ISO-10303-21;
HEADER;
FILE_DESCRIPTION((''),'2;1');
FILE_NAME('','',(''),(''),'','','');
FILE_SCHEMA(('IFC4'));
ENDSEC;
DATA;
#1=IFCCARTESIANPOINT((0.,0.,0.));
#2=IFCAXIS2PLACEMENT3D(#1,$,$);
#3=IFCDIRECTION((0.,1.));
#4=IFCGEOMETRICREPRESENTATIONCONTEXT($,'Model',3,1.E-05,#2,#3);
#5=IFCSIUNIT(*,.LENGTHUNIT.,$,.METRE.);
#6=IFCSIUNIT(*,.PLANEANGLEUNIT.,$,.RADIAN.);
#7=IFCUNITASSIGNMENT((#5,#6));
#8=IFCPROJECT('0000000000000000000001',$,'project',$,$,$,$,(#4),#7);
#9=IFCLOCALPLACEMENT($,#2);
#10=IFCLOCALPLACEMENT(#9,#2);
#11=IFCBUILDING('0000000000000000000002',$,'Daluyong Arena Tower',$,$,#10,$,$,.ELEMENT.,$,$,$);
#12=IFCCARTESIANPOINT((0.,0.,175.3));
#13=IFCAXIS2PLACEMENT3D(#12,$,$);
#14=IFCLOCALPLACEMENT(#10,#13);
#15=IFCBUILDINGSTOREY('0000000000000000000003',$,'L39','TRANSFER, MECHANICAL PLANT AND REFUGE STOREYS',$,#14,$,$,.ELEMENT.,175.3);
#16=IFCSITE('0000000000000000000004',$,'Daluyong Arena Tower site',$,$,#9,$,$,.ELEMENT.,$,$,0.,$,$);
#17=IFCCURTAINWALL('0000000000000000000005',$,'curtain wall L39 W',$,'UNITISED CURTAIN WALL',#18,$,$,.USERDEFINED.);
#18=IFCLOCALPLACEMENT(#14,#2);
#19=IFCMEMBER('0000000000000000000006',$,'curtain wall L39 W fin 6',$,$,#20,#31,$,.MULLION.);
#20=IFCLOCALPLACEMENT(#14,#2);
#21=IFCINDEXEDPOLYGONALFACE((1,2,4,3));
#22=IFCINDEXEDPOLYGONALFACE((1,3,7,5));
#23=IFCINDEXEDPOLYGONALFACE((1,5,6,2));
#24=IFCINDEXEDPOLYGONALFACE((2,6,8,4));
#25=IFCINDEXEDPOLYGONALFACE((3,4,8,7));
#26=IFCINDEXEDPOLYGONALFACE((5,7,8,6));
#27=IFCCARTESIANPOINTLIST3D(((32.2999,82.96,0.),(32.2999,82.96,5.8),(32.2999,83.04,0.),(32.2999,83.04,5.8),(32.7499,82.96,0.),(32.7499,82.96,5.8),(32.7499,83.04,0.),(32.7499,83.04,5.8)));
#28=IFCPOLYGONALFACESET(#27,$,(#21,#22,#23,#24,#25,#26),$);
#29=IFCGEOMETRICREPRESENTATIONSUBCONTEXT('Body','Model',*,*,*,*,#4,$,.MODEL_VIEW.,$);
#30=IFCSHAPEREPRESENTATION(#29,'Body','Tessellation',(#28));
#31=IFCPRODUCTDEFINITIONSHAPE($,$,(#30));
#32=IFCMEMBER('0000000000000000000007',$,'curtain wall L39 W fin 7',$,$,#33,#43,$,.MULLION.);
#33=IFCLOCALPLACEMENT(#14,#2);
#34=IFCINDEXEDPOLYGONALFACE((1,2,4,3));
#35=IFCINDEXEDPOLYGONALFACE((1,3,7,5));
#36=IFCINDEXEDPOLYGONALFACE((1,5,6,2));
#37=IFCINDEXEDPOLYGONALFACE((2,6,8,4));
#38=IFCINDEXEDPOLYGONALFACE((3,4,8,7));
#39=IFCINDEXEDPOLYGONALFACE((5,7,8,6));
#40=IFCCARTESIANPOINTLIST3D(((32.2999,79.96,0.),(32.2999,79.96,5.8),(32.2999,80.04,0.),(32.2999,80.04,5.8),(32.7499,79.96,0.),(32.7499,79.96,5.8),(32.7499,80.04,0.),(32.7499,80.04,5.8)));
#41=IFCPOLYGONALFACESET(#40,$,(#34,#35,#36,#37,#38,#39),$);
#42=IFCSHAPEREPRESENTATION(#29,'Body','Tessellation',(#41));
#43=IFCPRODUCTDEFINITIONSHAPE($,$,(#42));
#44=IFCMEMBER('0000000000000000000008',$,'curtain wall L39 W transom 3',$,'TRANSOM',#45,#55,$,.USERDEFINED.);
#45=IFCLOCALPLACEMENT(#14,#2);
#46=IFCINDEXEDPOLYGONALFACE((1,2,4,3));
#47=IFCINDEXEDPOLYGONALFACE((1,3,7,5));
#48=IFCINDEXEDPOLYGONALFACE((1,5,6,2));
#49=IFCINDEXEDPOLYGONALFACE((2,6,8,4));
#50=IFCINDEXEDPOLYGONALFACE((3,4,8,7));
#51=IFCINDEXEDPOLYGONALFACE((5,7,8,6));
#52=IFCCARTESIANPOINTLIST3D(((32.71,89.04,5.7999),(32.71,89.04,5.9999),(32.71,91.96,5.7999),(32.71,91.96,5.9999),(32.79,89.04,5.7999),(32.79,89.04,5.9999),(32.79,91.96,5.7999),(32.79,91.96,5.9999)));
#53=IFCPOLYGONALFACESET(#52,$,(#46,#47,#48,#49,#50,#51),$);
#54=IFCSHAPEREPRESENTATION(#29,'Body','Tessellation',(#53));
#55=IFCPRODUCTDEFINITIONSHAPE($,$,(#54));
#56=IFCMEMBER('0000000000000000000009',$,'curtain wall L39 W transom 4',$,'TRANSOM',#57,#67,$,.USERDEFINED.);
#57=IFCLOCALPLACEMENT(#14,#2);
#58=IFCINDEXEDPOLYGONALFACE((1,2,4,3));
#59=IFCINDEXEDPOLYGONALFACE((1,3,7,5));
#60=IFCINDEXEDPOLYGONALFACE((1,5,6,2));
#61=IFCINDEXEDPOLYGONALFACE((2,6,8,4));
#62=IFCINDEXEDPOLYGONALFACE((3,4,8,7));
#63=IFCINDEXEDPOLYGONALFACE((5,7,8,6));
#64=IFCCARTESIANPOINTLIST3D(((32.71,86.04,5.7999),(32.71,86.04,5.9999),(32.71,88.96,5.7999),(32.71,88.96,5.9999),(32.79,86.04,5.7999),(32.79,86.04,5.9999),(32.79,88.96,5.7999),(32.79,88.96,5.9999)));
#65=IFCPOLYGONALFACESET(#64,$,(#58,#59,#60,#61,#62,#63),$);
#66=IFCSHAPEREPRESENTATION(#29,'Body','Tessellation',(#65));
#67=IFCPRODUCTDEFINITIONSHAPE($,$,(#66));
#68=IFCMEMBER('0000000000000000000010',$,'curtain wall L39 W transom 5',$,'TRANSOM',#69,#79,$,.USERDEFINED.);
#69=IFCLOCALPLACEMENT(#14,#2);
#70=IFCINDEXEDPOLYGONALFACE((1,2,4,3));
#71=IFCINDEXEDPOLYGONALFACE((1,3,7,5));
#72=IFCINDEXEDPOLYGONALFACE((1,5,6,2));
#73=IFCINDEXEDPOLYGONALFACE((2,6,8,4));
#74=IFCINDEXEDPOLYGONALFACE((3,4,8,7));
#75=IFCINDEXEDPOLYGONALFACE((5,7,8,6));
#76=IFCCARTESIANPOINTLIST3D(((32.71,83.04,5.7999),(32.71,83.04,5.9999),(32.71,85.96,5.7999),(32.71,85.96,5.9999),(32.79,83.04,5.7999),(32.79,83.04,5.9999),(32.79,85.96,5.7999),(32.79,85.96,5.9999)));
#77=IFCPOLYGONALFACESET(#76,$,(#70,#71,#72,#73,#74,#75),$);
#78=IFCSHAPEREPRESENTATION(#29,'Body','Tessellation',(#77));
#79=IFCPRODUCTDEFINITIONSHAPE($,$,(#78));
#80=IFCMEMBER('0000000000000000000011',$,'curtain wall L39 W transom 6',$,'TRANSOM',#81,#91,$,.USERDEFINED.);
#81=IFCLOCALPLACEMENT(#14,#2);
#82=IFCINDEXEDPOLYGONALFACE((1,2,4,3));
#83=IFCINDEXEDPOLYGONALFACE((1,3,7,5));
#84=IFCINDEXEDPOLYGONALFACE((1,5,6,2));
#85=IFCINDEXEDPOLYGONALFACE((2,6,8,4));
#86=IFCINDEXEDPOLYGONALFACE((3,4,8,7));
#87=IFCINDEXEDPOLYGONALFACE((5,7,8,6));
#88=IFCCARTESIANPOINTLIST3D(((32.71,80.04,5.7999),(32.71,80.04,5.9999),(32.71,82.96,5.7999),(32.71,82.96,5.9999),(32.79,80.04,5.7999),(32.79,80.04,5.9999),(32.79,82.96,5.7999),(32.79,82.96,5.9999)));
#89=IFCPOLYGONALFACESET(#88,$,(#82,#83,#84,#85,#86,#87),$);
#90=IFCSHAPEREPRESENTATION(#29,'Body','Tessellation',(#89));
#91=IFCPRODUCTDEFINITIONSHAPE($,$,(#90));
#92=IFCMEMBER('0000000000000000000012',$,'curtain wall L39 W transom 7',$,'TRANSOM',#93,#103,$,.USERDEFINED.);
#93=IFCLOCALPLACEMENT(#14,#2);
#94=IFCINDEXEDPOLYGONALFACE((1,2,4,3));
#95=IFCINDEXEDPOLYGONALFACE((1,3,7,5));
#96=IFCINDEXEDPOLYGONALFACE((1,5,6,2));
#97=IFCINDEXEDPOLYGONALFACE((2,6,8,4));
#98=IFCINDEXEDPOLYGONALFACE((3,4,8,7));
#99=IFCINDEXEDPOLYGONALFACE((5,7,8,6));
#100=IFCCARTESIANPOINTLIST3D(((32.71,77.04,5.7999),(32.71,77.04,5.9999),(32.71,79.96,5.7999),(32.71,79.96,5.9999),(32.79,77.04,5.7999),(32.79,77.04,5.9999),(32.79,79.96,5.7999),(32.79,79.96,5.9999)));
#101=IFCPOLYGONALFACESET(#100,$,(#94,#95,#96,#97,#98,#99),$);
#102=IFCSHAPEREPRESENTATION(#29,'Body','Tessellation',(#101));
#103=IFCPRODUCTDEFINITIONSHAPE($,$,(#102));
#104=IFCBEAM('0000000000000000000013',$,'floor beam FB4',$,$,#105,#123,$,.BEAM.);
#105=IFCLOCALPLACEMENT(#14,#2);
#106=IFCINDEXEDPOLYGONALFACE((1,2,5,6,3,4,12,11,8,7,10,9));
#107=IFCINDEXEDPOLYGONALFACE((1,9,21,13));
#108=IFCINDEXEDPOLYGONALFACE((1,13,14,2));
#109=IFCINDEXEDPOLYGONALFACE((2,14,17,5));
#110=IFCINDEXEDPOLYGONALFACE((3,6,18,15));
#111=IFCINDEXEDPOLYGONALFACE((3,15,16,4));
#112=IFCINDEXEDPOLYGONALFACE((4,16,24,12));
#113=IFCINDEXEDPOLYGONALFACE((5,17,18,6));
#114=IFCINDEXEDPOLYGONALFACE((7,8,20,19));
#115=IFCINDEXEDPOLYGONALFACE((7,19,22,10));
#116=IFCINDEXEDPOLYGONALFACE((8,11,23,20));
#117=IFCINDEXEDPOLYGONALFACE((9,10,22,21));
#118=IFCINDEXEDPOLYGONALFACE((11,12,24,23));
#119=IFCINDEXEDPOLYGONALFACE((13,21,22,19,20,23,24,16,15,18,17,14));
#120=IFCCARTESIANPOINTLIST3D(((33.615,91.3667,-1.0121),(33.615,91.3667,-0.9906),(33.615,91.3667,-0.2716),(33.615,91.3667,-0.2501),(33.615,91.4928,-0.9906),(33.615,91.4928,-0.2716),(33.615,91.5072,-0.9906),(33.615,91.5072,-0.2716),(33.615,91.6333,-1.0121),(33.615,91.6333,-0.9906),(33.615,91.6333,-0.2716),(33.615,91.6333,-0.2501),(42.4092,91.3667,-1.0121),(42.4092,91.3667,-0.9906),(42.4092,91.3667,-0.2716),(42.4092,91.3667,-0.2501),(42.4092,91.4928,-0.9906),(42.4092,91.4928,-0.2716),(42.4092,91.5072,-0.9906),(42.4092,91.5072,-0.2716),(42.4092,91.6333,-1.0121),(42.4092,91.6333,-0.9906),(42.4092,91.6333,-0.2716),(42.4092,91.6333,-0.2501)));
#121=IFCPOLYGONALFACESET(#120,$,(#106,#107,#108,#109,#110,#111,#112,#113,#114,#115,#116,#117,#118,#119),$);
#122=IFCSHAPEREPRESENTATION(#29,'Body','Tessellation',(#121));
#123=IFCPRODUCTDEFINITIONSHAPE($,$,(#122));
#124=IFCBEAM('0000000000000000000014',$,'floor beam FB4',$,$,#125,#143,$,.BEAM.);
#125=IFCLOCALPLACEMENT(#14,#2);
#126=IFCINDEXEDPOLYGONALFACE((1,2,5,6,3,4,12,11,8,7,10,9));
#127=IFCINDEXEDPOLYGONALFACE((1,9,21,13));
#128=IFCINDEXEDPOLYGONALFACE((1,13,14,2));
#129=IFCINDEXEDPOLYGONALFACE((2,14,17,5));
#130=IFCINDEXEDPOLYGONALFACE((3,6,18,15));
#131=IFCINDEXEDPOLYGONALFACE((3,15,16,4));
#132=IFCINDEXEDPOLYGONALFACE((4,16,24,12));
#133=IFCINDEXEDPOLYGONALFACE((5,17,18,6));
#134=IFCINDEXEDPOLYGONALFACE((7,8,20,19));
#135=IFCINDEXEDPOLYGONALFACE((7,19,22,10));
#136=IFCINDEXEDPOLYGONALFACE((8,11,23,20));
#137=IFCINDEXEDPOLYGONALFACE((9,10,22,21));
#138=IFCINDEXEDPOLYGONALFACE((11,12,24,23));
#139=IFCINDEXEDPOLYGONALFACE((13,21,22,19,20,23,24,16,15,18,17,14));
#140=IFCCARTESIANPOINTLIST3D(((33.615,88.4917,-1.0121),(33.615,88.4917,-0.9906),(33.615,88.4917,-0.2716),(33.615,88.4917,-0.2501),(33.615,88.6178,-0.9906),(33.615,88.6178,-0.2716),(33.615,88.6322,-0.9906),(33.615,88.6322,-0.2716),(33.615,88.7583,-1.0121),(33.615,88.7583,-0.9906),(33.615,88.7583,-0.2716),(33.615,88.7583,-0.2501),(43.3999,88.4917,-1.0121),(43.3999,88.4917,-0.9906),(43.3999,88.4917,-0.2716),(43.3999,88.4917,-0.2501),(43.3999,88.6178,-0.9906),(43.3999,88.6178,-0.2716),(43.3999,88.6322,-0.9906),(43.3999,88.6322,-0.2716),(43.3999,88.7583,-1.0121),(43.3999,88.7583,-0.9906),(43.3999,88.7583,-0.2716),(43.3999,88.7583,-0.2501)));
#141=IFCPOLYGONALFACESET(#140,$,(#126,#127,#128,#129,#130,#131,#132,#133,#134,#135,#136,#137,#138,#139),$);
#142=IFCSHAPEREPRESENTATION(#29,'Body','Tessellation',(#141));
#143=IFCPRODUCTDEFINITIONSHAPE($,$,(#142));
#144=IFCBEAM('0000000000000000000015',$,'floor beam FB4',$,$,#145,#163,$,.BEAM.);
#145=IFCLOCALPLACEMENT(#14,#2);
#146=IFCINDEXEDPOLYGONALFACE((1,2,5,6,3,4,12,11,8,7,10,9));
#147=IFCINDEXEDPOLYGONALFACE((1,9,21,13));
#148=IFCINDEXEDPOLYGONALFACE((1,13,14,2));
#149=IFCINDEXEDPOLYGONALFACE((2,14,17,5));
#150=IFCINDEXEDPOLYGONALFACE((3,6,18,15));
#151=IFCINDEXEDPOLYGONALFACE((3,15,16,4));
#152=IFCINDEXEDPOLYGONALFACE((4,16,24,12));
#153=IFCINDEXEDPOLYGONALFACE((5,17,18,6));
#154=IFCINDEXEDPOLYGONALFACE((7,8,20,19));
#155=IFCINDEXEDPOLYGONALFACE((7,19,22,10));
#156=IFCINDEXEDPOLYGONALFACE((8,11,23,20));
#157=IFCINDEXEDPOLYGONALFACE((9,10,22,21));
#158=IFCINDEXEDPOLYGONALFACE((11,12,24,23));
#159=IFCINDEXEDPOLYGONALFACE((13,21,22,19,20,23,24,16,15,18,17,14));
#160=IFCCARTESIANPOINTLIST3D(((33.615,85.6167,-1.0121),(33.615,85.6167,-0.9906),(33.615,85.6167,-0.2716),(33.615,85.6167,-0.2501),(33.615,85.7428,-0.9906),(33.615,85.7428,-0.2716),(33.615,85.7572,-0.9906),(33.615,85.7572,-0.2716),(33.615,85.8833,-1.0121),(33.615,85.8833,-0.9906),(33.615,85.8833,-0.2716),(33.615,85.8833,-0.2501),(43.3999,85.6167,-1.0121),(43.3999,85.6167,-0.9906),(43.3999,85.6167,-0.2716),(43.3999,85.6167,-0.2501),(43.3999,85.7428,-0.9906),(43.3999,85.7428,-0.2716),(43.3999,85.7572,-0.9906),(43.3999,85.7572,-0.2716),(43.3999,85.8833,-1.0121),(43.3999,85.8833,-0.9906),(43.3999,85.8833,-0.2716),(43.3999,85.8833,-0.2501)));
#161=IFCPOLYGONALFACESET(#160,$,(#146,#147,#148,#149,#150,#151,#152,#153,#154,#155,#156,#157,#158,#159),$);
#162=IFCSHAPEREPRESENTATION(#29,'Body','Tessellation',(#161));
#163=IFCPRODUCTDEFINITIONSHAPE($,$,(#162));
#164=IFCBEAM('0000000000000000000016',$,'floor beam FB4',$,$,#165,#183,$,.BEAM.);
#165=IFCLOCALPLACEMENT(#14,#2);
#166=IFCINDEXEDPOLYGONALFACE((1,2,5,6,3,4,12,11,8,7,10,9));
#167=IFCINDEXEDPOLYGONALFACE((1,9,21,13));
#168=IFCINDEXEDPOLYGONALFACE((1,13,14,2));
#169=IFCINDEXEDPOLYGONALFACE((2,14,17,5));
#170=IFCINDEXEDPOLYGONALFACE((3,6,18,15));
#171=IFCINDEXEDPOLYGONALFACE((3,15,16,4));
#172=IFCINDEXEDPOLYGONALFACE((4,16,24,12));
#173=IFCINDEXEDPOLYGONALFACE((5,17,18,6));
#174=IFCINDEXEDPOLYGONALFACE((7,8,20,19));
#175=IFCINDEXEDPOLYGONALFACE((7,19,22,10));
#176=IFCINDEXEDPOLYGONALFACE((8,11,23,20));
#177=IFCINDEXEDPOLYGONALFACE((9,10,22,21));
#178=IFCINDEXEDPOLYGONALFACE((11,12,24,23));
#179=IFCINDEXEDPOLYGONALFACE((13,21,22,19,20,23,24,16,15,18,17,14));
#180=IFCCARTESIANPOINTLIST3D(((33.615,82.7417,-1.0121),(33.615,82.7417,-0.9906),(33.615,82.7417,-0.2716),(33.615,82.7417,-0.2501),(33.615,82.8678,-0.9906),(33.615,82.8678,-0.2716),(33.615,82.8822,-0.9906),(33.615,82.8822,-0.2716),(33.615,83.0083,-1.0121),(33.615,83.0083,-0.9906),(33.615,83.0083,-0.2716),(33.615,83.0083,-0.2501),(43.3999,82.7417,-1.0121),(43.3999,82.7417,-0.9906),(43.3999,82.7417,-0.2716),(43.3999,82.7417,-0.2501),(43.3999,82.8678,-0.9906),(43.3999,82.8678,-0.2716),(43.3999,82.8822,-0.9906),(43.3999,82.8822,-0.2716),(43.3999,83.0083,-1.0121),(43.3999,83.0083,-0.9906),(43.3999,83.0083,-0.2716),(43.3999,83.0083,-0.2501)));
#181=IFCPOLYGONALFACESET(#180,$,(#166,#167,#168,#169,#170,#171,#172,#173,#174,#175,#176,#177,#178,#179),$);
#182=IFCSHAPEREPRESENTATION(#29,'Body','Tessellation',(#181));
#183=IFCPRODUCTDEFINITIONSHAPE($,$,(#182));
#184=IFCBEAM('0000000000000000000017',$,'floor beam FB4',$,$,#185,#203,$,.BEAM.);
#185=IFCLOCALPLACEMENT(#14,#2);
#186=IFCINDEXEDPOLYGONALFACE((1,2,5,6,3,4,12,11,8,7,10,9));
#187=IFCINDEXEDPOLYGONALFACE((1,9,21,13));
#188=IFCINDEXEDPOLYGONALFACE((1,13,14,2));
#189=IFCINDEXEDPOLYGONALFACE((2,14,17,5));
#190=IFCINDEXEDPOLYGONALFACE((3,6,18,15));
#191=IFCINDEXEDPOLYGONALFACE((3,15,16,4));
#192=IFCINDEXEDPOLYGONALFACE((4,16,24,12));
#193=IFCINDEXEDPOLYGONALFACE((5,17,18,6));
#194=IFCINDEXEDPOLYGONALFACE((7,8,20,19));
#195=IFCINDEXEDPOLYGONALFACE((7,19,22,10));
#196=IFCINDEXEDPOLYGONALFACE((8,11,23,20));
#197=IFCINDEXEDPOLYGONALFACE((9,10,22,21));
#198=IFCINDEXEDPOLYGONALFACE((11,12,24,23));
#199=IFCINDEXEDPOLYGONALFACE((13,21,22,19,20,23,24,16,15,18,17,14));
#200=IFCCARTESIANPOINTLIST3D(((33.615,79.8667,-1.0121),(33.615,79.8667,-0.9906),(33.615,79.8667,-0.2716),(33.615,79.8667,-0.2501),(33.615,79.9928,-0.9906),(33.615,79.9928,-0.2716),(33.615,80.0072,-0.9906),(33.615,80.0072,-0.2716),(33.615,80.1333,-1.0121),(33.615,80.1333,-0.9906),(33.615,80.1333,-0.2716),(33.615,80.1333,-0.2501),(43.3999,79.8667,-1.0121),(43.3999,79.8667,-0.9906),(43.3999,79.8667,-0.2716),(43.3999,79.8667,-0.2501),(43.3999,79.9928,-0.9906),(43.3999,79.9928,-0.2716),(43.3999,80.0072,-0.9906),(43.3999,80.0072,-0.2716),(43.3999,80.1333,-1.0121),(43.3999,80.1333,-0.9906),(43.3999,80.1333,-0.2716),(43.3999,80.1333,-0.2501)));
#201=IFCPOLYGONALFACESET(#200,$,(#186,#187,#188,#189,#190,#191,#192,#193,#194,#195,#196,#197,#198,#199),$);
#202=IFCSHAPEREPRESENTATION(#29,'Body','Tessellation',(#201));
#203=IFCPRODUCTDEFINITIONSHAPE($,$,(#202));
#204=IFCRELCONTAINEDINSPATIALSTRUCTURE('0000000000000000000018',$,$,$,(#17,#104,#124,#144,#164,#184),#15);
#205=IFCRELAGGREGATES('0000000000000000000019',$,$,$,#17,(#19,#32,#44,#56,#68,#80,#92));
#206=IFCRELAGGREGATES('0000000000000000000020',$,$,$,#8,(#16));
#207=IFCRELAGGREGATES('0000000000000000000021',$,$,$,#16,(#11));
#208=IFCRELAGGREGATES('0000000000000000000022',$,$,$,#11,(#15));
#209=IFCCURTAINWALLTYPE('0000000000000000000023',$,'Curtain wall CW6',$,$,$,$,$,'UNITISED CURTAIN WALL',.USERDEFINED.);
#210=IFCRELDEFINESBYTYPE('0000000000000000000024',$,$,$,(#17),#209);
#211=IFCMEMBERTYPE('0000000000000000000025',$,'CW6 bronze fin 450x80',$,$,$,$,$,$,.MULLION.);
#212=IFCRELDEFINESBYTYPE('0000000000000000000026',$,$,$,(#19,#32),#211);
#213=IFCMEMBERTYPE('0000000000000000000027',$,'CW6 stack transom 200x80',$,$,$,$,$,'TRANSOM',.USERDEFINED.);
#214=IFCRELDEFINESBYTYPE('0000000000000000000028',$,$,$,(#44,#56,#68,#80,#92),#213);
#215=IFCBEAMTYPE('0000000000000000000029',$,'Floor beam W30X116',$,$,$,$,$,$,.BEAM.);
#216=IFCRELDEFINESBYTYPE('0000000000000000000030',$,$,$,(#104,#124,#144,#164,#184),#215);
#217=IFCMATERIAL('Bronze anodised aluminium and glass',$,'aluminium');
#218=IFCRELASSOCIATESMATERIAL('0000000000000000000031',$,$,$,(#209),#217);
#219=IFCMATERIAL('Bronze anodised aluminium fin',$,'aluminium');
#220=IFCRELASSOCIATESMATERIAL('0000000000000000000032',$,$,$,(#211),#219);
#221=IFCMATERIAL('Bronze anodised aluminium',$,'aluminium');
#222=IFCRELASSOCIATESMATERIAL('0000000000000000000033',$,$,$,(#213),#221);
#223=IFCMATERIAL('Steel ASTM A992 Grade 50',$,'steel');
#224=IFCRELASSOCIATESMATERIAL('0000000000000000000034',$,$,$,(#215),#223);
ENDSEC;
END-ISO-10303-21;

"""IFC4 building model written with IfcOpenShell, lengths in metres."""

from ifc_helpers import new_model, si_unit, direction, frame, origin, origin_2d, place, context, subcontext, project, spatial, rectangle, i_section, extrude, material, material_profile, profile_set, type_object, element, aggregate, save


model = new_model("IFC4")

# Units and contexts
model_context = context("Model", 3, precision=1e-05, world=origin(), true_north=direction((0.0, 1.0)))
body_context = subcontext(model_context, "Body", "Model", "MODEL_VIEW")
ifc_project = project(units=[si_unit("LENGTHUNIT", "METRE"), si_unit("PLANEANGLEUNIT", "RADIAN")], contexts=[model_context])

# Site, building, storey
site_placement = place(None, origin())
site = spatial("IfcSite", under=ifc_project, at=site_placement, Name="Daluyong Arena Tower site", CompositionType="ELEMENT", RefElevation=0.0)
building_placement = place(site_placement, origin())
building = spatial("IfcBuilding", under=site, at=building_placement, Name="Daluyong Arena Tower", CompositionType="ELEMENT")
storey_placement = place(building_placement, frame((0.0, 0.0, 175.3)))
storey = spatial("IfcBuildingStorey", under=building, at=storey_placement, Name="L39", Description="TRANSFER, MECHANICAL PLANT AND REFUGE STOREYS", CompositionType="ELEMENT", Elevation=175.3)

# Curtain wall, members
ifc_material_1 = material(Name="Bronze anodised aluminium and glass", Category="aluminium")
curtain_wall_type = type_object("IfcCurtainWallType", Name="Curtain wall CW6", ElementType="UNITISED CURTAIN WALL", PredefinedType="USERDEFINED", material=ifc_material_1)
curtain_wall_placement = place(storey_placement, origin())
curtain_wall = element("IfcCurtainWall", 1, at=curtain_wall_placement, inside=storey, type_object=curtain_wall_type, Name="curtain wall L39 W", ObjectType="UNITISED CURTAIN WALL", PredefinedType="USERDEFINED")
ifc_material_2 = material(Name="Bronze anodised aluminium fin", Category="aluminium")
ifc_material_profile_1 = material_profile(ifc_material_2, rectangle(XDim=0.45, YDim=0.0801, at=origin_2d()))
ifc_profile_set_1 = profile_set([ifc_material_profile_1], Name="Bronze anodised aluminium fin")
member_type_1 = type_object("IfcMemberType", Name="CW6 bronze fin 450x80", PredefinedType="MULLION", material=ifc_profile_set_1)
member_1_placement = place(storey_placement, frame((32.5249, 83.0, 0.0), z_axis=(0.0, 0.0, 1.0), x_axis=(1.0, 0.0, 0.0)))
member_1 = element("IfcMember", 2, at=member_1_placement, type_object=member_type_1, Name="curtain wall L39 W fin 6", PredefinedType="MULLION", context=body_context, shape_type="SweptSolid", body=[
    extrude(rectangle(XDim=0.45, YDim=0.0801, at=origin_2d()), origin(), (0.0, 0.0, 1.0), 5.8),
])
member_2_placement = place(storey_placement, frame((32.5249, 80.0, 0.0), z_axis=(0.0, 0.0, 1.0), x_axis=(1.0, 0.0, 0.0)))
member_2 = element("IfcMember", 3, at=member_2_placement, type_object=member_type_1, Name="curtain wall L39 W fin 7", PredefinedType="MULLION", context=body_context, shape_type="SweptSolid", body=[
    extrude(rectangle(XDim=0.45, YDim=0.0801, at=origin_2d()), origin(), (0.0, 0.0, 1.0), 5.8),
])
ifc_material_3 = material(Name="Bronze anodised aluminium", Category="aluminium")
ifc_material_profile_2 = material_profile(ifc_material_3, rectangle(XDim=0.0801, YDim=0.2, at=origin_2d()))
ifc_profile_set_2 = profile_set([ifc_material_profile_2], Name="Bronze anodised aluminium")
member_type_2 = type_object("IfcMemberType", Name="CW6 stack transom 200x80", ElementType="TRANSOM", PredefinedType="USERDEFINED", material=ifc_profile_set_2)
member_3_placement = place(storey_placement, frame((32.75, 91.96, 5.8999), z_axis=(0.0, -1.0, 0.0), x_axis=(1.0, 0.0, 0.0)))
member_3 = element("IfcMember", 4, at=member_3_placement, type_object=member_type_2, Name="curtain wall L39 W transom 3", ObjectType="TRANSOM", PredefinedType="USERDEFINED", context=body_context, shape_type="SweptSolid", body=[
    extrude(rectangle(XDim=0.0801, YDim=0.2, at=origin_2d()), origin(), (0.0, 0.0, 1.0), 2.9199),
])
member_4_placement = place(storey_placement, frame((32.75, 88.96, 5.8999), z_axis=(0.0, -1.0, 0.0), x_axis=(1.0, 0.0, 0.0)))
member_4 = element("IfcMember", 5, at=member_4_placement, type_object=member_type_2, Name="curtain wall L39 W transom 4", ObjectType="TRANSOM", PredefinedType="USERDEFINED", context=body_context, shape_type="SweptSolid", body=[
    extrude(rectangle(XDim=0.0801, YDim=0.2, at=origin_2d()), origin(), (0.0, 0.0, 1.0), 2.9199),
])
member_5_placement = place(storey_placement, frame((32.75, 85.96, 5.8999), z_axis=(0.0, -1.0, 0.0), x_axis=(1.0, 0.0, 0.0)))
member_5 = element("IfcMember", 6, at=member_5_placement, type_object=member_type_2, Name="curtain wall L39 W transom 5", ObjectType="TRANSOM", PredefinedType="USERDEFINED", context=body_context, shape_type="SweptSolid", body=[
    extrude(rectangle(XDim=0.0801, YDim=0.2, at=origin_2d()), origin(), (0.0, 0.0, 1.0), 2.9199),
])
member_6_placement = place(storey_placement, frame((32.75, 82.96, 5.8999), z_axis=(0.0, -1.0, 0.0), x_axis=(1.0, 0.0, 0.0)))
member_6 = element("IfcMember", 7, at=member_6_placement, type_object=member_type_2, Name="curtain wall L39 W transom 6", ObjectType="TRANSOM", PredefinedType="USERDEFINED", context=body_context, shape_type="SweptSolid", body=[
    extrude(rectangle(XDim=0.0801, YDim=0.2, at=origin_2d()), origin(), (0.0, 0.0, 1.0), 2.9199),
])
member_7_placement = place(storey_placement, frame((32.75, 79.96, 5.8999), z_axis=(0.0, -1.0, 0.0), x_axis=(1.0, 0.0, 0.0)))
member_7 = element("IfcMember", 8, at=member_7_placement, type_object=member_type_2, Name="curtain wall L39 W transom 7", ObjectType="TRANSOM", PredefinedType="USERDEFINED", context=body_context, shape_type="SweptSolid", body=[
    extrude(rectangle(XDim=0.0801, YDim=0.2, at=origin_2d()), origin(), (0.0, 0.0, 1.0), 2.9199),
])

# Beams
ifc_material_4 = material(Name="Steel ASTM A992 Grade 50", Category="steel")
ifc_material_profile_3 = material_profile(ifc_material_4, i_section(OverallWidth=0.2666, OverallDepth=0.762, WebThickness=0.0144, FlangeThickness=0.0215, at=origin_2d()))
ifc_profile_set_3 = profile_set([ifc_material_profile_3], Name="Steel ASTM A992 Grade 50")
beam_type_1 = type_object("IfcBeamType", Name="Floor beam W30X116", PredefinedType="BEAM", material=ifc_profile_set_3)
beam_placement = place(storey_placement, frame((33.615, 91.5, -0.6311), z_axis=(1.0, 0.0, 0.0), x_axis=(0.0, 1.0, 0.0)))
element("IfcBeam", 9, at=beam_placement, inside=storey, type_object=beam_type_1, Name="floor beam FB4", PredefinedType="BEAM", context=body_context, shape_type="SweptSolid", body=[
    extrude(i_section(OverallWidth=0.2666, OverallDepth=0.762, WebThickness=0.0144, FlangeThickness=0.0215, at=origin_2d()), origin(), (0.0, 0.0, 1.0), 8.7942),
])
for number, where, z_axis, x_axis, name in (
    (10, (33.615, 88.625, -0.6311), (1.0, 0.0, 0.0), (0.0, 1.0, 0.0), "floor beam FB4"),
    (11, (33.615, 85.75, -0.6311), (1.0, 0.0, 0.0), (0.0, 1.0, 0.0), "floor beam FB4"),
    (12, (33.615, 82.875, -0.6311), (1.0, 0.0, 0.0), (0.0, 1.0, 0.0), "floor beam FB4"),
    (13, (33.615, 80.0, -0.6311), (1.0, 0.0, 0.0), (0.0, 1.0, 0.0), "floor beam FB4"),
):
    element("IfcBeam", number, at=place(storey_placement, frame(where, z_axis=z_axis, x_axis=x_axis)), inside=storey, type_object=beam_type_1, Name=name, PredefinedType="BEAM", context=body_context, shape_type="SweptSolid", body=[
        extrude(i_section(OverallWidth=0.2666, OverallDepth=0.762, WebThickness=0.0144, FlangeThickness=0.0215, at=origin_2d()), origin(), (0.0, 0.0, 1.0), 9.7849),
    ])

aggregate(curtain_wall, [member_1, member_2, member_3, member_4, member_5, member_6, member_7])

save(model, "model.ifc")
